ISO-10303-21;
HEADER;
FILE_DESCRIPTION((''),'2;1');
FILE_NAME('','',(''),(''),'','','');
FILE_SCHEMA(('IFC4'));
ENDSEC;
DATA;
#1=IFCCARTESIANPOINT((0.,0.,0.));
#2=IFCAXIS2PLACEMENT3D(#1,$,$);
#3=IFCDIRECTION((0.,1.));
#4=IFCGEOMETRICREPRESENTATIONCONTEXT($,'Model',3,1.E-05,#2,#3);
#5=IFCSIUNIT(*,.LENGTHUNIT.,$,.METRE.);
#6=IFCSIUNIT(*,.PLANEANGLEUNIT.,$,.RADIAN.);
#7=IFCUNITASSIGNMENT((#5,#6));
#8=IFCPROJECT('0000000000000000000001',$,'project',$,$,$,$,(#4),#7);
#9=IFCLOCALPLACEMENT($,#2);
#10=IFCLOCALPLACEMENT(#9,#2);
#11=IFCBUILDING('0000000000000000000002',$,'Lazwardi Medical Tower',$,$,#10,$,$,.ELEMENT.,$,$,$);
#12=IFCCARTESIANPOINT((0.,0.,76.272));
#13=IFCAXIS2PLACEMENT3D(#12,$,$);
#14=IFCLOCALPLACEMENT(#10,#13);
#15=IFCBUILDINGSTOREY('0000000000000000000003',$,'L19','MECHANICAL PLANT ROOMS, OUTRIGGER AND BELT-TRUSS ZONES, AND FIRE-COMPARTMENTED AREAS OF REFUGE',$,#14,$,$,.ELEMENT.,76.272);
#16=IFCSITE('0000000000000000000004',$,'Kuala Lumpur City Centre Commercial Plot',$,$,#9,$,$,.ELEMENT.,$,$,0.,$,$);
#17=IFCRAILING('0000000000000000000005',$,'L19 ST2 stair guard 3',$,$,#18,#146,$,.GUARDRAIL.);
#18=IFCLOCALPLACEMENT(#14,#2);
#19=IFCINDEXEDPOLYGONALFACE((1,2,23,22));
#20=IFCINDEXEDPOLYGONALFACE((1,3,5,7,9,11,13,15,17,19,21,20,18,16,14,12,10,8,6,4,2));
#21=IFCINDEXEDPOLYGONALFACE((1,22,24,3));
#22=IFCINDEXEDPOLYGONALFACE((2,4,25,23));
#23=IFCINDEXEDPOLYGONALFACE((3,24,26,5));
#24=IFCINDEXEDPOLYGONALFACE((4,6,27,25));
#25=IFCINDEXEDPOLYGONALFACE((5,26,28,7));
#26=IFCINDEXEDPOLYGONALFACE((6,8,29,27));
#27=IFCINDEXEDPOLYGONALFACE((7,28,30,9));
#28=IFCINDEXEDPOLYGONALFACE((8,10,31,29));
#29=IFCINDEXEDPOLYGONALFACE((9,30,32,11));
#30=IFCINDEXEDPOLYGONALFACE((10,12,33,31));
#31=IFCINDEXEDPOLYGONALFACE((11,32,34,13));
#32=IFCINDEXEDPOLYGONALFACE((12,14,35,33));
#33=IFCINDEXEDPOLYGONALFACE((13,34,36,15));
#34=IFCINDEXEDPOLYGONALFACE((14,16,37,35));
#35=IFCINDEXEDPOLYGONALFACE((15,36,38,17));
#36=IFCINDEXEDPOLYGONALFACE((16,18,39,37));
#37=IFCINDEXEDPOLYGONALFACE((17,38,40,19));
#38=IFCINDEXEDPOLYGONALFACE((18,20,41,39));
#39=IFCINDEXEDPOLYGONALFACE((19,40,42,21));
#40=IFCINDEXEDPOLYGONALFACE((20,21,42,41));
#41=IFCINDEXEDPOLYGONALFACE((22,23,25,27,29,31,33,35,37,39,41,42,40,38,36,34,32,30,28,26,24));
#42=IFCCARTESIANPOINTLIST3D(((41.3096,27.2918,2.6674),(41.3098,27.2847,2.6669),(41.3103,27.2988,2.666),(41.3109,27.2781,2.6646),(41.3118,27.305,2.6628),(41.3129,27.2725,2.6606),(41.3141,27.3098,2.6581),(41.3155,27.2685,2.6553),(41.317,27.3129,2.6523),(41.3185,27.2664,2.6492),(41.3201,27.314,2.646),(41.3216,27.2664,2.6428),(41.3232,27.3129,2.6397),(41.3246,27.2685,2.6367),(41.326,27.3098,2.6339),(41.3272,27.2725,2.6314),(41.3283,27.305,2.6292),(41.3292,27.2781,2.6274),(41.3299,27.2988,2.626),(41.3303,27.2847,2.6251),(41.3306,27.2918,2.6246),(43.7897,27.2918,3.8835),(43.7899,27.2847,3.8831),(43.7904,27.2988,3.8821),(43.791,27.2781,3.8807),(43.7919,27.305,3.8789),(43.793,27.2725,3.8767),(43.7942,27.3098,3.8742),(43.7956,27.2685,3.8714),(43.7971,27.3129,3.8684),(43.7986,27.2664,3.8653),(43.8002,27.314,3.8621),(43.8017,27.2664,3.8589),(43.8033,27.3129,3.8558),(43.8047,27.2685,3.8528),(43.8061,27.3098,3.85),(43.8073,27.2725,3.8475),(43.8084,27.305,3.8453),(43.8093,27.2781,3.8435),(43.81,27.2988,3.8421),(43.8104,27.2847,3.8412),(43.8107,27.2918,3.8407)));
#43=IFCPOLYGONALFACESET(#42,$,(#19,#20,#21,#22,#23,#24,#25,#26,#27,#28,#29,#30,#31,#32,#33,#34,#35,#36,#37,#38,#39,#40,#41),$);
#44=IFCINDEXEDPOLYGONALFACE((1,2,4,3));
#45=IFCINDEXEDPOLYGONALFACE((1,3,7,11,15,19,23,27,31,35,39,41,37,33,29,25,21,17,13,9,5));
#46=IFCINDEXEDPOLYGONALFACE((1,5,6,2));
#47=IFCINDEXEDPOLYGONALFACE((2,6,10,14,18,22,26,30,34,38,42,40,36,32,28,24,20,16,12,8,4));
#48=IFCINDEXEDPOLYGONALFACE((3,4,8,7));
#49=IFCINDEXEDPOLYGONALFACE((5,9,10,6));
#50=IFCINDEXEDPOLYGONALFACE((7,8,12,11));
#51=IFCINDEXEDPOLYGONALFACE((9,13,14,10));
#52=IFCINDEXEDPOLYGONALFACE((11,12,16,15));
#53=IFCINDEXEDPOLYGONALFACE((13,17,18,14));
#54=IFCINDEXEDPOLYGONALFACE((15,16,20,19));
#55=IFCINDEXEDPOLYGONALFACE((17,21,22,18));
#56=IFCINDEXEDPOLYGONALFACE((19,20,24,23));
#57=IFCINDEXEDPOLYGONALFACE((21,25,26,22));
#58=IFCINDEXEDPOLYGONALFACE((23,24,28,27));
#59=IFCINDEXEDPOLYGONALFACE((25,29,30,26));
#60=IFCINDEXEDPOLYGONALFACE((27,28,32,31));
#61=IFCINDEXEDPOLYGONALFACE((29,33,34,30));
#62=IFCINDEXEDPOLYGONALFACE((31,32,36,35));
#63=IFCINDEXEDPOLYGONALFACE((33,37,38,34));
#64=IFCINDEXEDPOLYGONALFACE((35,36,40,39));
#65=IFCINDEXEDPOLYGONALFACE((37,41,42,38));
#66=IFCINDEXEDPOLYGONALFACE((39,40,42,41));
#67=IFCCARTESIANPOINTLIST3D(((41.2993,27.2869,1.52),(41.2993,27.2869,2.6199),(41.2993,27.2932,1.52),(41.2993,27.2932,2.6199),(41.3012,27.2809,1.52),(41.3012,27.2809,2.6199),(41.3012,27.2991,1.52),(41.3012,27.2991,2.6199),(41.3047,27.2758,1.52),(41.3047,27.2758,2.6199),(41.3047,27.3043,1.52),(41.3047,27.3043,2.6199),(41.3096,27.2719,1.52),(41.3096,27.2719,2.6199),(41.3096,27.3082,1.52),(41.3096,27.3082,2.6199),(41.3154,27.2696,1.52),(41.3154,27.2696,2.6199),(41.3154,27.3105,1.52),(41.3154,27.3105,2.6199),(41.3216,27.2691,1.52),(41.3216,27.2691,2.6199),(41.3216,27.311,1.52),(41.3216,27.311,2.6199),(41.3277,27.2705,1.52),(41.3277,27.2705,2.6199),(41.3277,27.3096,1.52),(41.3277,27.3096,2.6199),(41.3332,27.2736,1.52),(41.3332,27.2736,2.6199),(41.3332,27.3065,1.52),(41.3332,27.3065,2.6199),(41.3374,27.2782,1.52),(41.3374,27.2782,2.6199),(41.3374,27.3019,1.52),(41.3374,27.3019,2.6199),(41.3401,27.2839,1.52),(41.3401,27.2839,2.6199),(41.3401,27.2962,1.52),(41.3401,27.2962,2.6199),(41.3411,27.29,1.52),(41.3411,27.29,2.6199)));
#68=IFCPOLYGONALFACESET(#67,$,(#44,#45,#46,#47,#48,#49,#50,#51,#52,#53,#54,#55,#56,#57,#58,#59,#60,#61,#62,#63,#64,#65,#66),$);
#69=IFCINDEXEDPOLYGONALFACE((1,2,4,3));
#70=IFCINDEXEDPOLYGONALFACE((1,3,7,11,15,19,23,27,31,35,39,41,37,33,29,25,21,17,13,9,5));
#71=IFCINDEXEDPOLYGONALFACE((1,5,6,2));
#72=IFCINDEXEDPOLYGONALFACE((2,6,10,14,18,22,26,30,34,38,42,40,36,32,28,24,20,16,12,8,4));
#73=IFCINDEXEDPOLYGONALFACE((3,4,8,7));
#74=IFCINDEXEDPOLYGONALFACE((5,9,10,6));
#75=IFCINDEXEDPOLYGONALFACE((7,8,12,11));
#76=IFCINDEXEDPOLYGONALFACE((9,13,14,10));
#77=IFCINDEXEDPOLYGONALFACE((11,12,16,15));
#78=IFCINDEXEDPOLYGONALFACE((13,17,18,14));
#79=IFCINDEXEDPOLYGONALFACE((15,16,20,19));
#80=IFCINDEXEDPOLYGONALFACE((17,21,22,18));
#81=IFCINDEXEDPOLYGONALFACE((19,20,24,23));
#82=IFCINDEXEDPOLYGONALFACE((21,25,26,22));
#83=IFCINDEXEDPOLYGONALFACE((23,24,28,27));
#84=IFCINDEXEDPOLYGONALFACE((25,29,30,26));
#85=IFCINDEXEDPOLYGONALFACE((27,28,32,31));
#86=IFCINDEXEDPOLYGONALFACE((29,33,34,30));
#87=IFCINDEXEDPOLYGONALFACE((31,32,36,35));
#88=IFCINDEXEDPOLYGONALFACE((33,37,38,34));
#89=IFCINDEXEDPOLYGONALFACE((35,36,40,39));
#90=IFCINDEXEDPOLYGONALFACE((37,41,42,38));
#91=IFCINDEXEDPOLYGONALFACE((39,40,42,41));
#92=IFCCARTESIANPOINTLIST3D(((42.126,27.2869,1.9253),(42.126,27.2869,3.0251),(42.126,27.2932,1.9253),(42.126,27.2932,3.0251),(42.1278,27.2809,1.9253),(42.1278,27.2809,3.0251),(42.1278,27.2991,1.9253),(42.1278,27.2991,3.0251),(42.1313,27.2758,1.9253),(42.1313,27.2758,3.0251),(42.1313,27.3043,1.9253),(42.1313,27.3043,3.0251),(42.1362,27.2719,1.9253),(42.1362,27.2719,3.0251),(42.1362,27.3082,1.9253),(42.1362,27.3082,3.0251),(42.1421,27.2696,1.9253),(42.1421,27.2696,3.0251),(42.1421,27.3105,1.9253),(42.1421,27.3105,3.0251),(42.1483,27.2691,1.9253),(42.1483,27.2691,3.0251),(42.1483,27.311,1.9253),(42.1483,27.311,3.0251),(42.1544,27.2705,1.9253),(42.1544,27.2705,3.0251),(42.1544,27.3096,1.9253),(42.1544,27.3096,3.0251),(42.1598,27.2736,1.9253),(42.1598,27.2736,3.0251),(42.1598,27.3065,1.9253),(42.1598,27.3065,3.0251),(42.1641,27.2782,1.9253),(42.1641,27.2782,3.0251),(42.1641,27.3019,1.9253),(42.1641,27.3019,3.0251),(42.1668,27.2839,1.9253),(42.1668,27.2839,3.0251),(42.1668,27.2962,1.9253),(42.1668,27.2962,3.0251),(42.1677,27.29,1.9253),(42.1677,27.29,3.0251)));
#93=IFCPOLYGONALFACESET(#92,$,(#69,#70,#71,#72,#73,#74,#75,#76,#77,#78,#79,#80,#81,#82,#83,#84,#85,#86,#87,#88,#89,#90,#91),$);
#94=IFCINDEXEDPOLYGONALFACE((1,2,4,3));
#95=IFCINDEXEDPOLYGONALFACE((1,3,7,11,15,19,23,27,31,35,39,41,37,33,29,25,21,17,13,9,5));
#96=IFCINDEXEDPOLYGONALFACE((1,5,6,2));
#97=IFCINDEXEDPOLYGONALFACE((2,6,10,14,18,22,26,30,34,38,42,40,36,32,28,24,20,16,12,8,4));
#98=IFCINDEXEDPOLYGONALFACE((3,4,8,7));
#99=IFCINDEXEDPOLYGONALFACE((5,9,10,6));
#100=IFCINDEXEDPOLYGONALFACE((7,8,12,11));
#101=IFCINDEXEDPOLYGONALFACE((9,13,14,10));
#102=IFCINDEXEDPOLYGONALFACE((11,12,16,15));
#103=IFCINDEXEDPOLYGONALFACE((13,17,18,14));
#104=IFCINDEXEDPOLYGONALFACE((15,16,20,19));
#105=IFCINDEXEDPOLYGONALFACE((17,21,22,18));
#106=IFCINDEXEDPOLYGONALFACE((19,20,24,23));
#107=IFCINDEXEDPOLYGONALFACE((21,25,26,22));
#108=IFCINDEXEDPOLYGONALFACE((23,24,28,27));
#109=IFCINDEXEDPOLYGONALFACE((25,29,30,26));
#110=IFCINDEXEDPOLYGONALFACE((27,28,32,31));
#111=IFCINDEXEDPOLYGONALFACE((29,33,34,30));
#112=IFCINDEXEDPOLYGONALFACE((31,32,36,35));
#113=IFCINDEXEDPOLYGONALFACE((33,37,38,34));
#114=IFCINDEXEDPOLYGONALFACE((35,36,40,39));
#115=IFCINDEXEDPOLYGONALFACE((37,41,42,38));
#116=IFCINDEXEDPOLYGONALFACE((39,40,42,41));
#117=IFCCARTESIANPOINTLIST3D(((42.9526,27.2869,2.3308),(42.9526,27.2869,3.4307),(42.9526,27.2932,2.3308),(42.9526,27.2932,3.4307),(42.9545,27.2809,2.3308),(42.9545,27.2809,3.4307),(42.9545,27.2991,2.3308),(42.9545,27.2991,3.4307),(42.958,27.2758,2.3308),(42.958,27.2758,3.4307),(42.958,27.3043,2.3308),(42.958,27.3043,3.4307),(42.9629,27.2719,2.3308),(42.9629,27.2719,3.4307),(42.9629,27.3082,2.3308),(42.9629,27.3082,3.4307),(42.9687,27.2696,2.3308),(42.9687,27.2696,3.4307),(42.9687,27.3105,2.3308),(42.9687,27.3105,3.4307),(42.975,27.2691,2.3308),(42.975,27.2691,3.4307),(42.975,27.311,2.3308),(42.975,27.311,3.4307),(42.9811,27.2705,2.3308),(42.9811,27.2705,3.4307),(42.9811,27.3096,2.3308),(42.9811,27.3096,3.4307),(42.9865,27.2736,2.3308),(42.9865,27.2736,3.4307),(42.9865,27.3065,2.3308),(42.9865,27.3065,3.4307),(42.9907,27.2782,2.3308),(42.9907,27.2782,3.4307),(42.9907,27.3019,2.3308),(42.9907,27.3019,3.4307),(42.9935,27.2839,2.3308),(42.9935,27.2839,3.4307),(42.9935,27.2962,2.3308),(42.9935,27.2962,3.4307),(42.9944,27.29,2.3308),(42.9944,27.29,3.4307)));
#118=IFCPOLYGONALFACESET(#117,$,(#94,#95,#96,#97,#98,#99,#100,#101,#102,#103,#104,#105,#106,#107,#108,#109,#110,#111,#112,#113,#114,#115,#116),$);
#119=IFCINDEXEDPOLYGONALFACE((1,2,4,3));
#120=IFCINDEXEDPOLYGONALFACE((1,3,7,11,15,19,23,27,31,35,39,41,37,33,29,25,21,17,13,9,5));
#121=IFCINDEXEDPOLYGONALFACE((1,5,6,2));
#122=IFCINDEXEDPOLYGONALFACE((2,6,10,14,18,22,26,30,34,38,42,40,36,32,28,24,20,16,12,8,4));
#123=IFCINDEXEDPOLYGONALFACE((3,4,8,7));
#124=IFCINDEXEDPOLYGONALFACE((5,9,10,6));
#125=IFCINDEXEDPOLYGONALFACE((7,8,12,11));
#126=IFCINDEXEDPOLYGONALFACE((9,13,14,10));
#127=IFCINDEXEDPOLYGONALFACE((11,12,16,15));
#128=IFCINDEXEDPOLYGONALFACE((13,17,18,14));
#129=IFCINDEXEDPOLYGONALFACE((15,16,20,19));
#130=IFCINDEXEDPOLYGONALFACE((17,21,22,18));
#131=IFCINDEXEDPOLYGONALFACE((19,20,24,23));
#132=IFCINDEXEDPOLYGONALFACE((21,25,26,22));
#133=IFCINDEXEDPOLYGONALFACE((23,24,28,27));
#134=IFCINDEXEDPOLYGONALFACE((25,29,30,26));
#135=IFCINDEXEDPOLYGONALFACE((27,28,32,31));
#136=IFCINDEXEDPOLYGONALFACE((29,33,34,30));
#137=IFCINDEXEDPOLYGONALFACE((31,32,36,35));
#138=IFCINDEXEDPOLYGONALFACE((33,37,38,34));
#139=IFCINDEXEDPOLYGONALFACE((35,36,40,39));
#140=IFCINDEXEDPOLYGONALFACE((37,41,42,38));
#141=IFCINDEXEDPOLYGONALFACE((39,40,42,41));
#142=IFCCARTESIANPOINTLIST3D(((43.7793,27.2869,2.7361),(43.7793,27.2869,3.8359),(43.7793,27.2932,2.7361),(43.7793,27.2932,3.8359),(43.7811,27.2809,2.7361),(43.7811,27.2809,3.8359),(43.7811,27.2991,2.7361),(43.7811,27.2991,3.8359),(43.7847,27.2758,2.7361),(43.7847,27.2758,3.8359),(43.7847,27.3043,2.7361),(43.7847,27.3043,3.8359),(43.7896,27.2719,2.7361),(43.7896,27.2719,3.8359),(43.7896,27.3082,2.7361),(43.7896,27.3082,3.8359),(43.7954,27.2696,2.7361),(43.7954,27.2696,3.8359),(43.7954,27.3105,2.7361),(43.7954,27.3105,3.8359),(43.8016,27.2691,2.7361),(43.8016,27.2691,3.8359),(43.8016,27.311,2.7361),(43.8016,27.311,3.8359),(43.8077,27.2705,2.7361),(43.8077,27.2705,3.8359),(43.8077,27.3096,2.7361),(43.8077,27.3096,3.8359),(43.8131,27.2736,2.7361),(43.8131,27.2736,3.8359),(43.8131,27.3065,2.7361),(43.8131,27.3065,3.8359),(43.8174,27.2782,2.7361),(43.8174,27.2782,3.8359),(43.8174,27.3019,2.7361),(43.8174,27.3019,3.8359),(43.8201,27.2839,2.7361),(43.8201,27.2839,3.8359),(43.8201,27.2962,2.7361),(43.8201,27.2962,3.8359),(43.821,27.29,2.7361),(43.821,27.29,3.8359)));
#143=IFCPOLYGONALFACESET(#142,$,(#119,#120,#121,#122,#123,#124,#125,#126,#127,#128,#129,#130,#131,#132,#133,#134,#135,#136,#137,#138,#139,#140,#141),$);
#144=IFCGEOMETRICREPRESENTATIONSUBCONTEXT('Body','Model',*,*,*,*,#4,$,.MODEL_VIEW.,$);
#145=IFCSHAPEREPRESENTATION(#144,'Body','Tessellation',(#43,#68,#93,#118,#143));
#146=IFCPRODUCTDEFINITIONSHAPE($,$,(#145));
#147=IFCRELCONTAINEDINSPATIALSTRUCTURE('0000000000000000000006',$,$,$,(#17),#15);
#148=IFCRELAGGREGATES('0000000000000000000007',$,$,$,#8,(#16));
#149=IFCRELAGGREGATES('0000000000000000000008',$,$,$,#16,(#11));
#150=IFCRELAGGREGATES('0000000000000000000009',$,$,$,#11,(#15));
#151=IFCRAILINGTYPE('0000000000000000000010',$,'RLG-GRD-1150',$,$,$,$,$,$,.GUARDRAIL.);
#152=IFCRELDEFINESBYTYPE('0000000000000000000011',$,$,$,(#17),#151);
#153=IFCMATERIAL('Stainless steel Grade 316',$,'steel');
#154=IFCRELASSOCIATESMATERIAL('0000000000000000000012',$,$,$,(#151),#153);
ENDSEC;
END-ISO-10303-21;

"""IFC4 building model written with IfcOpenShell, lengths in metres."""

from ifc_helpers import new_model, si_unit, direction, frame, origin, origin_2d, place, context, subcontext, project, spatial, circle, extrude, material, type_object, element, save


model = new_model("IFC4")

# Units and contexts
model_context = context("Model", 3, precision=1e-05, world=origin(), true_north=direction((0.0, 1.0)))
body_context = subcontext(model_context, "Body", "Model", "MODEL_VIEW")
ifc_project = project(units=[si_unit("LENGTHUNIT", "METRE"), si_unit("PLANEANGLEUNIT", "RADIAN")], contexts=[model_context])

# Site, building, storey
site_placement = place(None, origin())
site = spatial("IfcSite", under=ifc_project, at=site_placement, Name="Kuala Lumpur City Centre Commercial Plot", CompositionType="ELEMENT", RefElevation=0.0)
building_placement = place(site_placement, origin())
building = spatial("IfcBuilding", under=site, at=building_placement, Name="Lazwardi Medical Tower", CompositionType="ELEMENT")
storey_placement = place(building_placement, frame((0.0, 0.0, 76.272)))
storey = spatial("IfcBuildingStorey", under=building, at=storey_placement, Name="L19", Description="MECHANICAL PLANT ROOMS, OUTRIGGER AND BELT-TRUSS ZONES, AND FIRE-COMPARTMENTED AREAS OF REFUGE", CompositionType="ELEMENT", Elevation=76.272)

# Railing
ifc_material_1 = material(Name="Stainless steel Grade 316", Category="steel")
railing_type_1 = type_object("IfcRailingType", Name="RLG-GRD-1150", PredefinedType="GUARDRAIL", material=ifc_material_1)
railing_1_placement = place(storey_placement, frame((41.3201, 27.29, 1.52)))
element("IfcRailing", 1, at=railing_1_placement, inside=storey, type_object=railing_type_1, Name="L19 ST2 stair guard 3", PredefinedType="GUARDRAIL", context=body_context, shape_type="SweptSolid", body=[
    extrude(circle(Radius=0.0239, at=origin_2d()), frame((0.0, 0.0, 1.126), z_axis=(0.897865, 0.0, 0.44027), x_axis=(0.0, 1.0, 0.0)), (0.0, 0.0, 1.0), 2.7622),
    extrude(circle(Radius=0.021, at=origin_2d()), origin(), (0.0, 0.0, 1.0), 1.0999),
    extrude(circle(Radius=0.021, at=origin_2d()), frame((0.8267, 0.0, 0.4053)), (0.0, 0.0, 1.0), 1.0999),
    extrude(circle(Radius=0.021, at=origin_2d()), frame((1.6533, 0.0, 0.8108)), (0.0, 0.0, 1.0), 1.0999),
    extrude(circle(Radius=0.021, at=origin_2d()), frame((2.48, 0.0, 1.2161)), (0.0, 0.0, 1.0), 1.0999),
])

save(model, "model.ifc")
